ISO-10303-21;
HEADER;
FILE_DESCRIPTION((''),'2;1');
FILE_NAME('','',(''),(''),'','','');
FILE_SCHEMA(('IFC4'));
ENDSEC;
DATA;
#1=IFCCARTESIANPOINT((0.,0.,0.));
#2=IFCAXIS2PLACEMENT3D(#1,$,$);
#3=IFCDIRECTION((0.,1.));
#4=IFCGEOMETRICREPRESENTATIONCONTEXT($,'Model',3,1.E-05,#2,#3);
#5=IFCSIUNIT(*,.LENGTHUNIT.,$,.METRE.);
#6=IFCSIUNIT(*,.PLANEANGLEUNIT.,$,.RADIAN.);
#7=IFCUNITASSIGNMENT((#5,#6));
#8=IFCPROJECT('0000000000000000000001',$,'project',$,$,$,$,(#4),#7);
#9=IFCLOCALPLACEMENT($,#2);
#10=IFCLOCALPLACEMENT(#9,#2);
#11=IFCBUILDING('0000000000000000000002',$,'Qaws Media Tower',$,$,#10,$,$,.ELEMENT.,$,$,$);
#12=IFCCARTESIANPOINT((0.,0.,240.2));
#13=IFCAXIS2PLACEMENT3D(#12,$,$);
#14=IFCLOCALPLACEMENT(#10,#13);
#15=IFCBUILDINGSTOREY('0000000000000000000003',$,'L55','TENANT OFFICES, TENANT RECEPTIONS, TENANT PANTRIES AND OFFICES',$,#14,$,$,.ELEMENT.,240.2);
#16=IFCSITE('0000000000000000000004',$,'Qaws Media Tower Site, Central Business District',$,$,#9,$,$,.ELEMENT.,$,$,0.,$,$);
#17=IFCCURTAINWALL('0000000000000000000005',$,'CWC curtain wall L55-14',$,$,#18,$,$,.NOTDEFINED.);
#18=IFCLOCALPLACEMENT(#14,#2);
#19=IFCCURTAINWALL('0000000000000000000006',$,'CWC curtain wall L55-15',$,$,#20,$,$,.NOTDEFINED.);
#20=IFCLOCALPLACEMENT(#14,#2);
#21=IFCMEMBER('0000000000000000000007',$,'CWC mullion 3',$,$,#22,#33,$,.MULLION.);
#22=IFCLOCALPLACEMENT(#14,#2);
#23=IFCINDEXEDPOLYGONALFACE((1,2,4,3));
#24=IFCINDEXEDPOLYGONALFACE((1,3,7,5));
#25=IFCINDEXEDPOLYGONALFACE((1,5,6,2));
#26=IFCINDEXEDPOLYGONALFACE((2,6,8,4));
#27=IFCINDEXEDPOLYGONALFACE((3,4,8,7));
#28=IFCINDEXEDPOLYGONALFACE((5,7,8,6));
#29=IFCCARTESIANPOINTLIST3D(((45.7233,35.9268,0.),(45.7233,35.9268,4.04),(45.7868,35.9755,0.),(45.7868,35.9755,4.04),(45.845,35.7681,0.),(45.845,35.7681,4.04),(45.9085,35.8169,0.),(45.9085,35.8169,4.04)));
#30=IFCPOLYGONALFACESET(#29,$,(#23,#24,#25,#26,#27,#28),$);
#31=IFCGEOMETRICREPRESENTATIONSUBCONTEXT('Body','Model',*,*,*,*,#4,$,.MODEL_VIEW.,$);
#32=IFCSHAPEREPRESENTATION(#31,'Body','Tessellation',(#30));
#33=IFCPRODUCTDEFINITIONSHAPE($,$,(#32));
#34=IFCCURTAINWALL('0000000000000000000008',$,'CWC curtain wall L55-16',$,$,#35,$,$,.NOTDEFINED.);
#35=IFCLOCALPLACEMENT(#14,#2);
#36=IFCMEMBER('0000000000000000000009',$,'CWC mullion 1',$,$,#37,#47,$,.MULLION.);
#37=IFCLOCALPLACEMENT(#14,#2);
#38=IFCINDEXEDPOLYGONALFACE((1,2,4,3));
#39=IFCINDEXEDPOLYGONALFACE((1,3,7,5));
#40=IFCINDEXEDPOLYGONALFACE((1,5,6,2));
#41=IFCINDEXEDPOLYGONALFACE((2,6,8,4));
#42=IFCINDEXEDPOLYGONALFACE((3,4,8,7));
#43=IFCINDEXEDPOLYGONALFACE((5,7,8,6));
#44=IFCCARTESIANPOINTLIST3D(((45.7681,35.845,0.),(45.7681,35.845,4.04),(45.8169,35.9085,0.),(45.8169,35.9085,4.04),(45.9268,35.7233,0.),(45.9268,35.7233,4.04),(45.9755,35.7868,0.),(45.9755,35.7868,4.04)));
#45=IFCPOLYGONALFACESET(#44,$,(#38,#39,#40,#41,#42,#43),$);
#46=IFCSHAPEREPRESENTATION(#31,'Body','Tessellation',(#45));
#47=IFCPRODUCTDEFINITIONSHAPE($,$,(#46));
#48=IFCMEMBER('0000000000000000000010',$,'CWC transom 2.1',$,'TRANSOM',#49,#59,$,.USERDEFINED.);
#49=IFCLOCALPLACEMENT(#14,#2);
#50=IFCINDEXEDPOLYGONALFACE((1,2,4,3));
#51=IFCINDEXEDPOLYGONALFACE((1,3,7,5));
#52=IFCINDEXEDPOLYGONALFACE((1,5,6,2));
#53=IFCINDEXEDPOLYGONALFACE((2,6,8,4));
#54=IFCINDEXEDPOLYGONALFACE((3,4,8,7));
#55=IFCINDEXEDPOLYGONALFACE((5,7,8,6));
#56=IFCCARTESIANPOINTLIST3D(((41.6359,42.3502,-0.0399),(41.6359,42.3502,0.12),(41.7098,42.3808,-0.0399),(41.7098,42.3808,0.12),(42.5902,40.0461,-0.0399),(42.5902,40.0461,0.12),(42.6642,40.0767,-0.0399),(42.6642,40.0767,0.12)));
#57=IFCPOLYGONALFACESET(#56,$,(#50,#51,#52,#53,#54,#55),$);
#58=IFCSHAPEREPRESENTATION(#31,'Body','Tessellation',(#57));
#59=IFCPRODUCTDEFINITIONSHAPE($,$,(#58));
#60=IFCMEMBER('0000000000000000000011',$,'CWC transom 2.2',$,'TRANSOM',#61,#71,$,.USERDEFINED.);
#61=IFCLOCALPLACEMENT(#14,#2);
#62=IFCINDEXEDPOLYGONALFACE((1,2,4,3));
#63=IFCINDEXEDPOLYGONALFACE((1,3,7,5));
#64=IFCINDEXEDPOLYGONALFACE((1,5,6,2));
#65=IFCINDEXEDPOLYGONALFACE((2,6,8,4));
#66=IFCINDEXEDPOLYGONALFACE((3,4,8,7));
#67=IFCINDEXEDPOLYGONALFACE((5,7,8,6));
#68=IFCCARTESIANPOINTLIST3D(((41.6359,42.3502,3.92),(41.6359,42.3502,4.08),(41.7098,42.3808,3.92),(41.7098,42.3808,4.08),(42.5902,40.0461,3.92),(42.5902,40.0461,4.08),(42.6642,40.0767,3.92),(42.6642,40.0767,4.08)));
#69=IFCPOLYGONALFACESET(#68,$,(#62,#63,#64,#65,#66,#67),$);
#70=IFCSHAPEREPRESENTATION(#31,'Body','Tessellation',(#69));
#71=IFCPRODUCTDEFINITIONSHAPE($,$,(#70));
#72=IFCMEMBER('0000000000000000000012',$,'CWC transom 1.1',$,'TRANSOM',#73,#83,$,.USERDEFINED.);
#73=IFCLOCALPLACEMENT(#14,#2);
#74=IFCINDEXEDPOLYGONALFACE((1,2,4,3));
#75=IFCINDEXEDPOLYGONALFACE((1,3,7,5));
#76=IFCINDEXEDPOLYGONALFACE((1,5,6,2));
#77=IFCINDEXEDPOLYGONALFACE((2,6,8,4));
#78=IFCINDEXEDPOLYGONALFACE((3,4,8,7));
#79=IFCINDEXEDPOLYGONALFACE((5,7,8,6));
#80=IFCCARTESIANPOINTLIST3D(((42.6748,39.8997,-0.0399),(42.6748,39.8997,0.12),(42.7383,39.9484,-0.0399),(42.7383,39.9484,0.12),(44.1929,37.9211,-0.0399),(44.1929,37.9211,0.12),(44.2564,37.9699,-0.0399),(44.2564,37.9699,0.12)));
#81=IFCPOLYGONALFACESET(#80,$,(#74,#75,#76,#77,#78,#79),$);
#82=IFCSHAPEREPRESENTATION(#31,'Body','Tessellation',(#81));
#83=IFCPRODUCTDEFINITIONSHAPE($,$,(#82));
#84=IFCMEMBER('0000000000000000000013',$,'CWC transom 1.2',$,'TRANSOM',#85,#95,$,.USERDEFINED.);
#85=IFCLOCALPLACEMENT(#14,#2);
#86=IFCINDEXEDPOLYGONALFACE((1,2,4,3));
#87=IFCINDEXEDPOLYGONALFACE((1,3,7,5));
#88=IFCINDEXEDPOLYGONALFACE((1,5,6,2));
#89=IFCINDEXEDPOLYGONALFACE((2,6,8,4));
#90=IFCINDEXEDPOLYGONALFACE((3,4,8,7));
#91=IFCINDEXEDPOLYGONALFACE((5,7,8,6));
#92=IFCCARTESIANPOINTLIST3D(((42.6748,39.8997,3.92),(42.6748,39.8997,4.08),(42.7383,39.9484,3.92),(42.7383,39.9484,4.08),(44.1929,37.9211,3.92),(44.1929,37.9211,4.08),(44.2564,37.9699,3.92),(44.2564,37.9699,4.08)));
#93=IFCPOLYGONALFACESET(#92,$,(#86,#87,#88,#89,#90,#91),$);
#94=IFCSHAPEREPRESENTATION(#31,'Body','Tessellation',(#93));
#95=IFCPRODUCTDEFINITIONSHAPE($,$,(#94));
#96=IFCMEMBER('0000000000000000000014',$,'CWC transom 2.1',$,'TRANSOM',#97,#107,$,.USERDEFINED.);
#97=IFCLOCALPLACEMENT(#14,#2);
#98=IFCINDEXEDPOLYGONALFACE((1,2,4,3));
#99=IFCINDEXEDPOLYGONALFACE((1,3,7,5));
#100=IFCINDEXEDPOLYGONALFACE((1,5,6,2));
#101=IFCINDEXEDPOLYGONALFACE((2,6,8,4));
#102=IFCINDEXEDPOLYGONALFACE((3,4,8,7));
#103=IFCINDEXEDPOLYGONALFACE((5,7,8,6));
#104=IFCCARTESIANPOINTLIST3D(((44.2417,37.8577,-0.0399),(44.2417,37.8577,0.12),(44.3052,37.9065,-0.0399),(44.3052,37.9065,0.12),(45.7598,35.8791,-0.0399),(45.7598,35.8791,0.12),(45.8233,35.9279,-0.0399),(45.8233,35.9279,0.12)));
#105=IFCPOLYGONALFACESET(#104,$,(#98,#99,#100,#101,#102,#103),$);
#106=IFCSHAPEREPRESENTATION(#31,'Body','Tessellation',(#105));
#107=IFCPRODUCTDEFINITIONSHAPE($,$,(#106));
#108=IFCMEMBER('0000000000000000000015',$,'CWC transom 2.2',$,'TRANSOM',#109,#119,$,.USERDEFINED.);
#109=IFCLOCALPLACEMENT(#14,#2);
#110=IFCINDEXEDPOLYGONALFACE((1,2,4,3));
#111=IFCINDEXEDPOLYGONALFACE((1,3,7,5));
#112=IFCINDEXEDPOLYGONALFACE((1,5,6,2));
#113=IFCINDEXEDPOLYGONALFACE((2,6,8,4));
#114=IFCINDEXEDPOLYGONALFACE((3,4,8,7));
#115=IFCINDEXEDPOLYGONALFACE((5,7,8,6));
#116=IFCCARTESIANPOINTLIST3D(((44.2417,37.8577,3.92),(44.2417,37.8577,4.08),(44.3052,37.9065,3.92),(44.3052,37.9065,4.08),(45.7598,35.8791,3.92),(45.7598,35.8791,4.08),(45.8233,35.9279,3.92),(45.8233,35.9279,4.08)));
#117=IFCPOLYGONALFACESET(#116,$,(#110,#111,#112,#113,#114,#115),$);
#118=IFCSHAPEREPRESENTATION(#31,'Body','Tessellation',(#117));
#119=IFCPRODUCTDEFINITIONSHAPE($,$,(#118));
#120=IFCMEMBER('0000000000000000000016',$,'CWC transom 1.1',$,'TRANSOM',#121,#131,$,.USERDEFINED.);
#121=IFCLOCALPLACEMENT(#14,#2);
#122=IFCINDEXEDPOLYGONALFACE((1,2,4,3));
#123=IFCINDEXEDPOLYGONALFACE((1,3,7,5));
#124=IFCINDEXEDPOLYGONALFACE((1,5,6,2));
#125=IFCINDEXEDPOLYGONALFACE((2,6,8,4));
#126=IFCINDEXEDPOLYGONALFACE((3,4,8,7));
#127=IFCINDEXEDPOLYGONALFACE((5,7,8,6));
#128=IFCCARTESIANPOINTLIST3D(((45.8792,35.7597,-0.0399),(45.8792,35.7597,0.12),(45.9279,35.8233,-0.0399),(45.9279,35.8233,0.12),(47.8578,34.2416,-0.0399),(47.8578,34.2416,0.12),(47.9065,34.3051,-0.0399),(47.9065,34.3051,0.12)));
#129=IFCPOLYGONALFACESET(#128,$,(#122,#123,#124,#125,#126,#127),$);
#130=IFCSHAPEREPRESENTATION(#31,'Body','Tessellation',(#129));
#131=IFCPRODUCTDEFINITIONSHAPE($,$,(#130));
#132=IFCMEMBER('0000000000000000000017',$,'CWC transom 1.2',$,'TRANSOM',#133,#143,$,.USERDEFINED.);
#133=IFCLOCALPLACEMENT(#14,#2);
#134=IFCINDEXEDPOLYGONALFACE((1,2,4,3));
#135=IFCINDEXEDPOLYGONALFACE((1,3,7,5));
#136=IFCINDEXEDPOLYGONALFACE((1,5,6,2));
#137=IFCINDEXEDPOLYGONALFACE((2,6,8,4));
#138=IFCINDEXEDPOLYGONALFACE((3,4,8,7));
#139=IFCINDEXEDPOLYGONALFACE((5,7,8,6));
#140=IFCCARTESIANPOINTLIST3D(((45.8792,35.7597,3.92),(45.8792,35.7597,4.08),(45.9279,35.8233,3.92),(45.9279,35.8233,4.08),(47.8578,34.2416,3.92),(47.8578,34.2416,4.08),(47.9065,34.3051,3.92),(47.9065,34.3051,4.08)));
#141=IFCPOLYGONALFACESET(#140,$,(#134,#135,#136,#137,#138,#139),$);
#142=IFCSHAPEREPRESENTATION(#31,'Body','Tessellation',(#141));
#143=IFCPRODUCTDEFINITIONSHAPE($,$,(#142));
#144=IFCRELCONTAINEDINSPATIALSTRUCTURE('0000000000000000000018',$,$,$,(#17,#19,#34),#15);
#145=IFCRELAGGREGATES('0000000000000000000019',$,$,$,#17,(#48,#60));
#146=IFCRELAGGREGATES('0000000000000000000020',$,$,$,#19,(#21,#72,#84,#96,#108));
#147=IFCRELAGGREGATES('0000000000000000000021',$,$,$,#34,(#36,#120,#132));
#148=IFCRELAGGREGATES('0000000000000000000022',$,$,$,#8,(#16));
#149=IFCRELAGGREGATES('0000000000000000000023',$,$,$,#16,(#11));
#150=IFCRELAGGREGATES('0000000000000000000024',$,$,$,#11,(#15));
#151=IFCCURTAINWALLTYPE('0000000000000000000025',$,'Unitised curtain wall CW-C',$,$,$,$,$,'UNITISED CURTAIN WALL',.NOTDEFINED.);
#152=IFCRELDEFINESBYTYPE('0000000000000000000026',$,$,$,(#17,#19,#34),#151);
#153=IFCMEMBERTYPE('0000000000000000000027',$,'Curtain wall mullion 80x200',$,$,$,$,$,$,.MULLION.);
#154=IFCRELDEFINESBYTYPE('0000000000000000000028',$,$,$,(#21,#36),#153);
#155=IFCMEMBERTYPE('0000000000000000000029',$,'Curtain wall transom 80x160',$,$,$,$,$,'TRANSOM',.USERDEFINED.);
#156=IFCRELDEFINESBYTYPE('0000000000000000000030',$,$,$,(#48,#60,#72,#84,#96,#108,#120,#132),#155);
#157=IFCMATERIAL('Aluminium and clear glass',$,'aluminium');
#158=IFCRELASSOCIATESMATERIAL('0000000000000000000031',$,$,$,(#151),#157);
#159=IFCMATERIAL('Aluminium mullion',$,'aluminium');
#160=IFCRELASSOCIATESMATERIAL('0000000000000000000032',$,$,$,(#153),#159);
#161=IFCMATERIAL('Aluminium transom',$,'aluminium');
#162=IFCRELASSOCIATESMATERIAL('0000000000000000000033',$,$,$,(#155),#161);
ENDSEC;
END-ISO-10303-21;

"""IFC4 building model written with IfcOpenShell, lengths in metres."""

from ifc_helpers import new_model, si_unit, direction, frame, origin, origin_2d, place, context, subcontext, project, spatial, rectangle, extrude, material, material_profile, profile_set, type_object, element, aggregate, save


model = new_model("IFC4")

# Units and contexts
model_context = context("Model", 3, precision=1e-05, world=origin(), true_north=direction((0.0, 1.0)))
body_context = subcontext(model_context, "Body", "Model", "MODEL_VIEW")
ifc_project = project(units=[si_unit("LENGTHUNIT", "METRE"), si_unit("PLANEANGLEUNIT", "RADIAN")], contexts=[model_context])

# Site, building, storey
site_placement = place(None, origin())
site = spatial("IfcSite", under=ifc_project, at=site_placement, Name="Qaws Media Tower Site, Central Business District", CompositionType="ELEMENT", RefElevation=0.0)
building_placement = place(site_placement, origin())
building = spatial("IfcBuilding", under=site, at=building_placement, Name="Qaws Media Tower", CompositionType="ELEMENT")
storey_placement = place(building_placement, frame((0.0, 0.0, 240.2)))
storey = spatial("IfcBuildingStorey", under=building, at=storey_placement, Name="L55", Description="TENANT OFFICES, TENANT RECEPTIONS, TENANT PANTRIES AND OFFICES", CompositionType="ELEMENT", Elevation=240.2)

# Curtain wall
ifc_material_1 = material(Name="Aluminium and clear glass", Category="aluminium")
curtain_wall_type = type_object("IfcCurtainWallType", Name="Unitised curtain wall CW-C", ElementType="UNITISED CURTAIN WALL", PredefinedType="NOTDEFINED", material=ifc_material_1)
curtain_wall_1_placement = place(storey_placement, origin())
curtain_wall_1 = element("IfcCurtainWall", 1, at=curtain_wall_1_placement, inside=storey, type_object=curtain_wall_type, Name="CWC curtain wall L55-14", PredefinedType="NOTDEFINED")
ifc_material_2 = material(Name="Aluminium mullion", Category="aluminium")
ifc_material_profile_1 = material_profile(ifc_material_2, rectangle(XDim=0.0801, YDim=0.2, at=origin_2d()), Name="80x200")
ifc_profile_set_1 = profile_set([ifc_material_profile_1], Name="Aluminium mullion")
member_type_1 = type_object("IfcMemberType", Name="Curtain wall mullion 80x200", PredefinedType="MULLION", material=ifc_profile_set_1)

# Curtain wall, member
curtain_wall_2_placement = place(storey_placement, origin())
curtain_wall_2 = element("IfcCurtainWall", 2, at=curtain_wall_2_placement, inside=storey, type_object=curtain_wall_type, Name="CWC curtain wall L55-15", PredefinedType="NOTDEFINED")
member_1_placement = place(storey_placement, frame((45.8159, 35.8718, 0.0), z_axis=(0.0, 0.0, 1.0), x_axis=(0.793353, 0.608762, 0.0)))
member_1 = element("IfcMember", 3, at=member_1_placement, type_object=member_type_1, Name="CWC mullion 3", PredefinedType="MULLION", context=body_context, shape_type="SweptSolid", body=[
    extrude(rectangle(XDim=0.0801, YDim=0.2, at=origin_2d()), origin(), (0.0, 0.0, 1.0), 4.04),
])

# Curtain wall, member
curtain_wall_3_placement = place(storey_placement, origin())
curtain_wall_3 = element("IfcCurtainWall", 4, at=curtain_wall_3_placement, inside=storey, type_object=curtain_wall_type, Name="CWC curtain wall L55-16", PredefinedType="NOTDEFINED")
member_2_placement = place(storey_placement, frame((45.8718, 35.8159, 0.0), z_axis=(0.0, 0.0, 1.0), x_axis=(0.608762, 0.793353, 0.0)))
member_2 = element("IfcMember", 5, at=member_2_placement, type_object=member_type_1, Name="CWC mullion 1", PredefinedType="MULLION", context=body_context, shape_type="SweptSolid", body=[
    extrude(rectangle(XDim=0.0801, YDim=0.2, at=origin_2d()), origin(), (0.0, 0.0, 1.0), 4.04),
])

# Members
ifc_material_3 = material(Name="Aluminium transom", Category="aluminium")
ifc_material_profile_2 = material_profile(ifc_material_3, rectangle(XDim=0.0801, YDim=0.1599, at=origin_2d()), Name="80x160")
ifc_profile_set_2 = profile_set([ifc_material_profile_2], Name="Aluminium transom")
member_type_2 = type_object("IfcMemberType", Name="Curtain wall transom 80x160", ElementType="TRANSOM", PredefinedType="USERDEFINED", material=ifc_profile_set_2)
member_3_placement = place(storey_placement, frame((41.6729, 42.3655, 0.04), z_axis=(0.382689, -0.923877, 0.0), x_axis=(0.923877, 0.382689, 0.0)))
member_3 = element("IfcMember", 6, at=member_3_placement, type_object=member_type_2, Name="CWC transom 2.1", ObjectType="TRANSOM", PredefinedType="USERDEFINED", context=body_context, shape_type="SweptSolid", body=[
    extrude(rectangle(XDim=0.0801, YDim=0.1599, at=origin_2d()), origin(), (0.0, 0.0, 1.0), 2.4939),
])
member_4_placement = place(storey_placement, frame((41.6729, 42.3655, 4.0), z_axis=(0.382689, -0.923877, 0.0), x_axis=(0.923877, 0.382689, 0.0)))
member_4 = element("IfcMember", 7, at=member_4_placement, type_object=member_type_2, Name="CWC transom 2.2", ObjectType="TRANSOM", PredefinedType="USERDEFINED", context=body_context, shape_type="SweptSolid", body=[
    extrude(rectangle(XDim=0.0801, YDim=0.1599, at=origin_2d()), origin(), (0.0, 0.0, 1.0), 2.4939),
])
member_5_placement = place(storey_placement, frame((42.7065, 39.9241, 0.04), z_axis=(0.608736, -0.793373, 0.0), x_axis=(0.793373, 0.608736, 0.0)))
member_5 = element("IfcMember", 8, at=member_5_placement, type_object=member_type_2, Name="CWC transom 1.1", ObjectType="TRANSOM", PredefinedType="USERDEFINED", context=body_context, shape_type="SweptSolid", body=[
    extrude(rectangle(XDim=0.0801, YDim=0.1599, at=origin_2d()), origin(), (0.0, 0.0, 1.0), 2.4939),
])
member_6_placement = place(storey_placement, frame((42.7065, 39.9241, 4.0), z_axis=(0.608736, -0.793373, 0.0), x_axis=(0.793373, 0.608736, 0.0)))
member_6 = element("IfcMember", 9, at=member_6_placement, type_object=member_type_2, Name="CWC transom 1.2", ObjectType="TRANSOM", PredefinedType="USERDEFINED", context=body_context, shape_type="SweptSolid", body=[
    extrude(rectangle(XDim=0.0801, YDim=0.1599, at=origin_2d()), origin(), (0.0, 0.0, 1.0), 2.4939),
])
member_7_placement = place(storey_placement, frame((44.2734, 37.8821, 0.04), z_axis=(0.608736, -0.793373, 0.0), x_axis=(0.793373, 0.608736, 0.0)))
member_7 = element("IfcMember", 10, at=member_7_placement, type_object=member_type_2, Name="CWC transom 2.1", ObjectType="TRANSOM", PredefinedType="USERDEFINED", context=body_context, shape_type="SweptSolid", body=[
    extrude(rectangle(XDim=0.0801, YDim=0.1599, at=origin_2d()), origin(), (0.0, 0.0, 1.0), 2.4939),
])
member_8_placement = place(storey_placement, frame((44.2734, 37.8821, 4.0), z_axis=(0.608736, -0.793373, 0.0), x_axis=(0.793373, 0.608736, 0.0)))
member_8 = element("IfcMember", 11, at=member_8_placement, type_object=member_type_2, Name="CWC transom 2.2", ObjectType="TRANSOM", PredefinedType="USERDEFINED", context=body_context, shape_type="SweptSolid", body=[
    extrude(rectangle(XDim=0.0801, YDim=0.1599, at=origin_2d()), origin(), (0.0, 0.0, 1.0), 2.4939),
])
member_9_placement = place(storey_placement, frame((45.9036, 35.7915, 0.04), z_axis=(0.793373, -0.608736, 0.0), x_axis=(0.608736, 0.793373, 0.0)))
member_9 = element("IfcMember", 12, at=member_9_placement, type_object=member_type_2, Name="CWC transom 1.1", ObjectType="TRANSOM", PredefinedType="USERDEFINED", context=body_context, shape_type="SweptSolid", body=[
    extrude(rectangle(XDim=0.0801, YDim=0.1599, at=origin_2d()), origin(), (0.0, 0.0, 1.0), 2.4939),
])
member_10_placement = place(storey_placement, frame((45.9036, 35.7915, 4.0), z_axis=(0.793373, -0.608736, 0.0), x_axis=(0.608736, 0.793373, 0.0)))
member_10 = element("IfcMember", 13, at=member_10_placement, type_object=member_type_2, Name="CWC transom 1.2", ObjectType="TRANSOM", PredefinedType="USERDEFINED", context=body_context, shape_type="SweptSolid", body=[
    extrude(rectangle(XDim=0.0801, YDim=0.1599, at=origin_2d()), origin(), (0.0, 0.0, 1.0), 2.4939),
])

aggregate(curtain_wall_1, [member_3, member_4])
aggregate(curtain_wall_2, [member_1, member_5, member_6, member_7, member_8])
aggregate(curtain_wall_3, [member_2, member_9, member_10])

save(model, "model.ifc")
